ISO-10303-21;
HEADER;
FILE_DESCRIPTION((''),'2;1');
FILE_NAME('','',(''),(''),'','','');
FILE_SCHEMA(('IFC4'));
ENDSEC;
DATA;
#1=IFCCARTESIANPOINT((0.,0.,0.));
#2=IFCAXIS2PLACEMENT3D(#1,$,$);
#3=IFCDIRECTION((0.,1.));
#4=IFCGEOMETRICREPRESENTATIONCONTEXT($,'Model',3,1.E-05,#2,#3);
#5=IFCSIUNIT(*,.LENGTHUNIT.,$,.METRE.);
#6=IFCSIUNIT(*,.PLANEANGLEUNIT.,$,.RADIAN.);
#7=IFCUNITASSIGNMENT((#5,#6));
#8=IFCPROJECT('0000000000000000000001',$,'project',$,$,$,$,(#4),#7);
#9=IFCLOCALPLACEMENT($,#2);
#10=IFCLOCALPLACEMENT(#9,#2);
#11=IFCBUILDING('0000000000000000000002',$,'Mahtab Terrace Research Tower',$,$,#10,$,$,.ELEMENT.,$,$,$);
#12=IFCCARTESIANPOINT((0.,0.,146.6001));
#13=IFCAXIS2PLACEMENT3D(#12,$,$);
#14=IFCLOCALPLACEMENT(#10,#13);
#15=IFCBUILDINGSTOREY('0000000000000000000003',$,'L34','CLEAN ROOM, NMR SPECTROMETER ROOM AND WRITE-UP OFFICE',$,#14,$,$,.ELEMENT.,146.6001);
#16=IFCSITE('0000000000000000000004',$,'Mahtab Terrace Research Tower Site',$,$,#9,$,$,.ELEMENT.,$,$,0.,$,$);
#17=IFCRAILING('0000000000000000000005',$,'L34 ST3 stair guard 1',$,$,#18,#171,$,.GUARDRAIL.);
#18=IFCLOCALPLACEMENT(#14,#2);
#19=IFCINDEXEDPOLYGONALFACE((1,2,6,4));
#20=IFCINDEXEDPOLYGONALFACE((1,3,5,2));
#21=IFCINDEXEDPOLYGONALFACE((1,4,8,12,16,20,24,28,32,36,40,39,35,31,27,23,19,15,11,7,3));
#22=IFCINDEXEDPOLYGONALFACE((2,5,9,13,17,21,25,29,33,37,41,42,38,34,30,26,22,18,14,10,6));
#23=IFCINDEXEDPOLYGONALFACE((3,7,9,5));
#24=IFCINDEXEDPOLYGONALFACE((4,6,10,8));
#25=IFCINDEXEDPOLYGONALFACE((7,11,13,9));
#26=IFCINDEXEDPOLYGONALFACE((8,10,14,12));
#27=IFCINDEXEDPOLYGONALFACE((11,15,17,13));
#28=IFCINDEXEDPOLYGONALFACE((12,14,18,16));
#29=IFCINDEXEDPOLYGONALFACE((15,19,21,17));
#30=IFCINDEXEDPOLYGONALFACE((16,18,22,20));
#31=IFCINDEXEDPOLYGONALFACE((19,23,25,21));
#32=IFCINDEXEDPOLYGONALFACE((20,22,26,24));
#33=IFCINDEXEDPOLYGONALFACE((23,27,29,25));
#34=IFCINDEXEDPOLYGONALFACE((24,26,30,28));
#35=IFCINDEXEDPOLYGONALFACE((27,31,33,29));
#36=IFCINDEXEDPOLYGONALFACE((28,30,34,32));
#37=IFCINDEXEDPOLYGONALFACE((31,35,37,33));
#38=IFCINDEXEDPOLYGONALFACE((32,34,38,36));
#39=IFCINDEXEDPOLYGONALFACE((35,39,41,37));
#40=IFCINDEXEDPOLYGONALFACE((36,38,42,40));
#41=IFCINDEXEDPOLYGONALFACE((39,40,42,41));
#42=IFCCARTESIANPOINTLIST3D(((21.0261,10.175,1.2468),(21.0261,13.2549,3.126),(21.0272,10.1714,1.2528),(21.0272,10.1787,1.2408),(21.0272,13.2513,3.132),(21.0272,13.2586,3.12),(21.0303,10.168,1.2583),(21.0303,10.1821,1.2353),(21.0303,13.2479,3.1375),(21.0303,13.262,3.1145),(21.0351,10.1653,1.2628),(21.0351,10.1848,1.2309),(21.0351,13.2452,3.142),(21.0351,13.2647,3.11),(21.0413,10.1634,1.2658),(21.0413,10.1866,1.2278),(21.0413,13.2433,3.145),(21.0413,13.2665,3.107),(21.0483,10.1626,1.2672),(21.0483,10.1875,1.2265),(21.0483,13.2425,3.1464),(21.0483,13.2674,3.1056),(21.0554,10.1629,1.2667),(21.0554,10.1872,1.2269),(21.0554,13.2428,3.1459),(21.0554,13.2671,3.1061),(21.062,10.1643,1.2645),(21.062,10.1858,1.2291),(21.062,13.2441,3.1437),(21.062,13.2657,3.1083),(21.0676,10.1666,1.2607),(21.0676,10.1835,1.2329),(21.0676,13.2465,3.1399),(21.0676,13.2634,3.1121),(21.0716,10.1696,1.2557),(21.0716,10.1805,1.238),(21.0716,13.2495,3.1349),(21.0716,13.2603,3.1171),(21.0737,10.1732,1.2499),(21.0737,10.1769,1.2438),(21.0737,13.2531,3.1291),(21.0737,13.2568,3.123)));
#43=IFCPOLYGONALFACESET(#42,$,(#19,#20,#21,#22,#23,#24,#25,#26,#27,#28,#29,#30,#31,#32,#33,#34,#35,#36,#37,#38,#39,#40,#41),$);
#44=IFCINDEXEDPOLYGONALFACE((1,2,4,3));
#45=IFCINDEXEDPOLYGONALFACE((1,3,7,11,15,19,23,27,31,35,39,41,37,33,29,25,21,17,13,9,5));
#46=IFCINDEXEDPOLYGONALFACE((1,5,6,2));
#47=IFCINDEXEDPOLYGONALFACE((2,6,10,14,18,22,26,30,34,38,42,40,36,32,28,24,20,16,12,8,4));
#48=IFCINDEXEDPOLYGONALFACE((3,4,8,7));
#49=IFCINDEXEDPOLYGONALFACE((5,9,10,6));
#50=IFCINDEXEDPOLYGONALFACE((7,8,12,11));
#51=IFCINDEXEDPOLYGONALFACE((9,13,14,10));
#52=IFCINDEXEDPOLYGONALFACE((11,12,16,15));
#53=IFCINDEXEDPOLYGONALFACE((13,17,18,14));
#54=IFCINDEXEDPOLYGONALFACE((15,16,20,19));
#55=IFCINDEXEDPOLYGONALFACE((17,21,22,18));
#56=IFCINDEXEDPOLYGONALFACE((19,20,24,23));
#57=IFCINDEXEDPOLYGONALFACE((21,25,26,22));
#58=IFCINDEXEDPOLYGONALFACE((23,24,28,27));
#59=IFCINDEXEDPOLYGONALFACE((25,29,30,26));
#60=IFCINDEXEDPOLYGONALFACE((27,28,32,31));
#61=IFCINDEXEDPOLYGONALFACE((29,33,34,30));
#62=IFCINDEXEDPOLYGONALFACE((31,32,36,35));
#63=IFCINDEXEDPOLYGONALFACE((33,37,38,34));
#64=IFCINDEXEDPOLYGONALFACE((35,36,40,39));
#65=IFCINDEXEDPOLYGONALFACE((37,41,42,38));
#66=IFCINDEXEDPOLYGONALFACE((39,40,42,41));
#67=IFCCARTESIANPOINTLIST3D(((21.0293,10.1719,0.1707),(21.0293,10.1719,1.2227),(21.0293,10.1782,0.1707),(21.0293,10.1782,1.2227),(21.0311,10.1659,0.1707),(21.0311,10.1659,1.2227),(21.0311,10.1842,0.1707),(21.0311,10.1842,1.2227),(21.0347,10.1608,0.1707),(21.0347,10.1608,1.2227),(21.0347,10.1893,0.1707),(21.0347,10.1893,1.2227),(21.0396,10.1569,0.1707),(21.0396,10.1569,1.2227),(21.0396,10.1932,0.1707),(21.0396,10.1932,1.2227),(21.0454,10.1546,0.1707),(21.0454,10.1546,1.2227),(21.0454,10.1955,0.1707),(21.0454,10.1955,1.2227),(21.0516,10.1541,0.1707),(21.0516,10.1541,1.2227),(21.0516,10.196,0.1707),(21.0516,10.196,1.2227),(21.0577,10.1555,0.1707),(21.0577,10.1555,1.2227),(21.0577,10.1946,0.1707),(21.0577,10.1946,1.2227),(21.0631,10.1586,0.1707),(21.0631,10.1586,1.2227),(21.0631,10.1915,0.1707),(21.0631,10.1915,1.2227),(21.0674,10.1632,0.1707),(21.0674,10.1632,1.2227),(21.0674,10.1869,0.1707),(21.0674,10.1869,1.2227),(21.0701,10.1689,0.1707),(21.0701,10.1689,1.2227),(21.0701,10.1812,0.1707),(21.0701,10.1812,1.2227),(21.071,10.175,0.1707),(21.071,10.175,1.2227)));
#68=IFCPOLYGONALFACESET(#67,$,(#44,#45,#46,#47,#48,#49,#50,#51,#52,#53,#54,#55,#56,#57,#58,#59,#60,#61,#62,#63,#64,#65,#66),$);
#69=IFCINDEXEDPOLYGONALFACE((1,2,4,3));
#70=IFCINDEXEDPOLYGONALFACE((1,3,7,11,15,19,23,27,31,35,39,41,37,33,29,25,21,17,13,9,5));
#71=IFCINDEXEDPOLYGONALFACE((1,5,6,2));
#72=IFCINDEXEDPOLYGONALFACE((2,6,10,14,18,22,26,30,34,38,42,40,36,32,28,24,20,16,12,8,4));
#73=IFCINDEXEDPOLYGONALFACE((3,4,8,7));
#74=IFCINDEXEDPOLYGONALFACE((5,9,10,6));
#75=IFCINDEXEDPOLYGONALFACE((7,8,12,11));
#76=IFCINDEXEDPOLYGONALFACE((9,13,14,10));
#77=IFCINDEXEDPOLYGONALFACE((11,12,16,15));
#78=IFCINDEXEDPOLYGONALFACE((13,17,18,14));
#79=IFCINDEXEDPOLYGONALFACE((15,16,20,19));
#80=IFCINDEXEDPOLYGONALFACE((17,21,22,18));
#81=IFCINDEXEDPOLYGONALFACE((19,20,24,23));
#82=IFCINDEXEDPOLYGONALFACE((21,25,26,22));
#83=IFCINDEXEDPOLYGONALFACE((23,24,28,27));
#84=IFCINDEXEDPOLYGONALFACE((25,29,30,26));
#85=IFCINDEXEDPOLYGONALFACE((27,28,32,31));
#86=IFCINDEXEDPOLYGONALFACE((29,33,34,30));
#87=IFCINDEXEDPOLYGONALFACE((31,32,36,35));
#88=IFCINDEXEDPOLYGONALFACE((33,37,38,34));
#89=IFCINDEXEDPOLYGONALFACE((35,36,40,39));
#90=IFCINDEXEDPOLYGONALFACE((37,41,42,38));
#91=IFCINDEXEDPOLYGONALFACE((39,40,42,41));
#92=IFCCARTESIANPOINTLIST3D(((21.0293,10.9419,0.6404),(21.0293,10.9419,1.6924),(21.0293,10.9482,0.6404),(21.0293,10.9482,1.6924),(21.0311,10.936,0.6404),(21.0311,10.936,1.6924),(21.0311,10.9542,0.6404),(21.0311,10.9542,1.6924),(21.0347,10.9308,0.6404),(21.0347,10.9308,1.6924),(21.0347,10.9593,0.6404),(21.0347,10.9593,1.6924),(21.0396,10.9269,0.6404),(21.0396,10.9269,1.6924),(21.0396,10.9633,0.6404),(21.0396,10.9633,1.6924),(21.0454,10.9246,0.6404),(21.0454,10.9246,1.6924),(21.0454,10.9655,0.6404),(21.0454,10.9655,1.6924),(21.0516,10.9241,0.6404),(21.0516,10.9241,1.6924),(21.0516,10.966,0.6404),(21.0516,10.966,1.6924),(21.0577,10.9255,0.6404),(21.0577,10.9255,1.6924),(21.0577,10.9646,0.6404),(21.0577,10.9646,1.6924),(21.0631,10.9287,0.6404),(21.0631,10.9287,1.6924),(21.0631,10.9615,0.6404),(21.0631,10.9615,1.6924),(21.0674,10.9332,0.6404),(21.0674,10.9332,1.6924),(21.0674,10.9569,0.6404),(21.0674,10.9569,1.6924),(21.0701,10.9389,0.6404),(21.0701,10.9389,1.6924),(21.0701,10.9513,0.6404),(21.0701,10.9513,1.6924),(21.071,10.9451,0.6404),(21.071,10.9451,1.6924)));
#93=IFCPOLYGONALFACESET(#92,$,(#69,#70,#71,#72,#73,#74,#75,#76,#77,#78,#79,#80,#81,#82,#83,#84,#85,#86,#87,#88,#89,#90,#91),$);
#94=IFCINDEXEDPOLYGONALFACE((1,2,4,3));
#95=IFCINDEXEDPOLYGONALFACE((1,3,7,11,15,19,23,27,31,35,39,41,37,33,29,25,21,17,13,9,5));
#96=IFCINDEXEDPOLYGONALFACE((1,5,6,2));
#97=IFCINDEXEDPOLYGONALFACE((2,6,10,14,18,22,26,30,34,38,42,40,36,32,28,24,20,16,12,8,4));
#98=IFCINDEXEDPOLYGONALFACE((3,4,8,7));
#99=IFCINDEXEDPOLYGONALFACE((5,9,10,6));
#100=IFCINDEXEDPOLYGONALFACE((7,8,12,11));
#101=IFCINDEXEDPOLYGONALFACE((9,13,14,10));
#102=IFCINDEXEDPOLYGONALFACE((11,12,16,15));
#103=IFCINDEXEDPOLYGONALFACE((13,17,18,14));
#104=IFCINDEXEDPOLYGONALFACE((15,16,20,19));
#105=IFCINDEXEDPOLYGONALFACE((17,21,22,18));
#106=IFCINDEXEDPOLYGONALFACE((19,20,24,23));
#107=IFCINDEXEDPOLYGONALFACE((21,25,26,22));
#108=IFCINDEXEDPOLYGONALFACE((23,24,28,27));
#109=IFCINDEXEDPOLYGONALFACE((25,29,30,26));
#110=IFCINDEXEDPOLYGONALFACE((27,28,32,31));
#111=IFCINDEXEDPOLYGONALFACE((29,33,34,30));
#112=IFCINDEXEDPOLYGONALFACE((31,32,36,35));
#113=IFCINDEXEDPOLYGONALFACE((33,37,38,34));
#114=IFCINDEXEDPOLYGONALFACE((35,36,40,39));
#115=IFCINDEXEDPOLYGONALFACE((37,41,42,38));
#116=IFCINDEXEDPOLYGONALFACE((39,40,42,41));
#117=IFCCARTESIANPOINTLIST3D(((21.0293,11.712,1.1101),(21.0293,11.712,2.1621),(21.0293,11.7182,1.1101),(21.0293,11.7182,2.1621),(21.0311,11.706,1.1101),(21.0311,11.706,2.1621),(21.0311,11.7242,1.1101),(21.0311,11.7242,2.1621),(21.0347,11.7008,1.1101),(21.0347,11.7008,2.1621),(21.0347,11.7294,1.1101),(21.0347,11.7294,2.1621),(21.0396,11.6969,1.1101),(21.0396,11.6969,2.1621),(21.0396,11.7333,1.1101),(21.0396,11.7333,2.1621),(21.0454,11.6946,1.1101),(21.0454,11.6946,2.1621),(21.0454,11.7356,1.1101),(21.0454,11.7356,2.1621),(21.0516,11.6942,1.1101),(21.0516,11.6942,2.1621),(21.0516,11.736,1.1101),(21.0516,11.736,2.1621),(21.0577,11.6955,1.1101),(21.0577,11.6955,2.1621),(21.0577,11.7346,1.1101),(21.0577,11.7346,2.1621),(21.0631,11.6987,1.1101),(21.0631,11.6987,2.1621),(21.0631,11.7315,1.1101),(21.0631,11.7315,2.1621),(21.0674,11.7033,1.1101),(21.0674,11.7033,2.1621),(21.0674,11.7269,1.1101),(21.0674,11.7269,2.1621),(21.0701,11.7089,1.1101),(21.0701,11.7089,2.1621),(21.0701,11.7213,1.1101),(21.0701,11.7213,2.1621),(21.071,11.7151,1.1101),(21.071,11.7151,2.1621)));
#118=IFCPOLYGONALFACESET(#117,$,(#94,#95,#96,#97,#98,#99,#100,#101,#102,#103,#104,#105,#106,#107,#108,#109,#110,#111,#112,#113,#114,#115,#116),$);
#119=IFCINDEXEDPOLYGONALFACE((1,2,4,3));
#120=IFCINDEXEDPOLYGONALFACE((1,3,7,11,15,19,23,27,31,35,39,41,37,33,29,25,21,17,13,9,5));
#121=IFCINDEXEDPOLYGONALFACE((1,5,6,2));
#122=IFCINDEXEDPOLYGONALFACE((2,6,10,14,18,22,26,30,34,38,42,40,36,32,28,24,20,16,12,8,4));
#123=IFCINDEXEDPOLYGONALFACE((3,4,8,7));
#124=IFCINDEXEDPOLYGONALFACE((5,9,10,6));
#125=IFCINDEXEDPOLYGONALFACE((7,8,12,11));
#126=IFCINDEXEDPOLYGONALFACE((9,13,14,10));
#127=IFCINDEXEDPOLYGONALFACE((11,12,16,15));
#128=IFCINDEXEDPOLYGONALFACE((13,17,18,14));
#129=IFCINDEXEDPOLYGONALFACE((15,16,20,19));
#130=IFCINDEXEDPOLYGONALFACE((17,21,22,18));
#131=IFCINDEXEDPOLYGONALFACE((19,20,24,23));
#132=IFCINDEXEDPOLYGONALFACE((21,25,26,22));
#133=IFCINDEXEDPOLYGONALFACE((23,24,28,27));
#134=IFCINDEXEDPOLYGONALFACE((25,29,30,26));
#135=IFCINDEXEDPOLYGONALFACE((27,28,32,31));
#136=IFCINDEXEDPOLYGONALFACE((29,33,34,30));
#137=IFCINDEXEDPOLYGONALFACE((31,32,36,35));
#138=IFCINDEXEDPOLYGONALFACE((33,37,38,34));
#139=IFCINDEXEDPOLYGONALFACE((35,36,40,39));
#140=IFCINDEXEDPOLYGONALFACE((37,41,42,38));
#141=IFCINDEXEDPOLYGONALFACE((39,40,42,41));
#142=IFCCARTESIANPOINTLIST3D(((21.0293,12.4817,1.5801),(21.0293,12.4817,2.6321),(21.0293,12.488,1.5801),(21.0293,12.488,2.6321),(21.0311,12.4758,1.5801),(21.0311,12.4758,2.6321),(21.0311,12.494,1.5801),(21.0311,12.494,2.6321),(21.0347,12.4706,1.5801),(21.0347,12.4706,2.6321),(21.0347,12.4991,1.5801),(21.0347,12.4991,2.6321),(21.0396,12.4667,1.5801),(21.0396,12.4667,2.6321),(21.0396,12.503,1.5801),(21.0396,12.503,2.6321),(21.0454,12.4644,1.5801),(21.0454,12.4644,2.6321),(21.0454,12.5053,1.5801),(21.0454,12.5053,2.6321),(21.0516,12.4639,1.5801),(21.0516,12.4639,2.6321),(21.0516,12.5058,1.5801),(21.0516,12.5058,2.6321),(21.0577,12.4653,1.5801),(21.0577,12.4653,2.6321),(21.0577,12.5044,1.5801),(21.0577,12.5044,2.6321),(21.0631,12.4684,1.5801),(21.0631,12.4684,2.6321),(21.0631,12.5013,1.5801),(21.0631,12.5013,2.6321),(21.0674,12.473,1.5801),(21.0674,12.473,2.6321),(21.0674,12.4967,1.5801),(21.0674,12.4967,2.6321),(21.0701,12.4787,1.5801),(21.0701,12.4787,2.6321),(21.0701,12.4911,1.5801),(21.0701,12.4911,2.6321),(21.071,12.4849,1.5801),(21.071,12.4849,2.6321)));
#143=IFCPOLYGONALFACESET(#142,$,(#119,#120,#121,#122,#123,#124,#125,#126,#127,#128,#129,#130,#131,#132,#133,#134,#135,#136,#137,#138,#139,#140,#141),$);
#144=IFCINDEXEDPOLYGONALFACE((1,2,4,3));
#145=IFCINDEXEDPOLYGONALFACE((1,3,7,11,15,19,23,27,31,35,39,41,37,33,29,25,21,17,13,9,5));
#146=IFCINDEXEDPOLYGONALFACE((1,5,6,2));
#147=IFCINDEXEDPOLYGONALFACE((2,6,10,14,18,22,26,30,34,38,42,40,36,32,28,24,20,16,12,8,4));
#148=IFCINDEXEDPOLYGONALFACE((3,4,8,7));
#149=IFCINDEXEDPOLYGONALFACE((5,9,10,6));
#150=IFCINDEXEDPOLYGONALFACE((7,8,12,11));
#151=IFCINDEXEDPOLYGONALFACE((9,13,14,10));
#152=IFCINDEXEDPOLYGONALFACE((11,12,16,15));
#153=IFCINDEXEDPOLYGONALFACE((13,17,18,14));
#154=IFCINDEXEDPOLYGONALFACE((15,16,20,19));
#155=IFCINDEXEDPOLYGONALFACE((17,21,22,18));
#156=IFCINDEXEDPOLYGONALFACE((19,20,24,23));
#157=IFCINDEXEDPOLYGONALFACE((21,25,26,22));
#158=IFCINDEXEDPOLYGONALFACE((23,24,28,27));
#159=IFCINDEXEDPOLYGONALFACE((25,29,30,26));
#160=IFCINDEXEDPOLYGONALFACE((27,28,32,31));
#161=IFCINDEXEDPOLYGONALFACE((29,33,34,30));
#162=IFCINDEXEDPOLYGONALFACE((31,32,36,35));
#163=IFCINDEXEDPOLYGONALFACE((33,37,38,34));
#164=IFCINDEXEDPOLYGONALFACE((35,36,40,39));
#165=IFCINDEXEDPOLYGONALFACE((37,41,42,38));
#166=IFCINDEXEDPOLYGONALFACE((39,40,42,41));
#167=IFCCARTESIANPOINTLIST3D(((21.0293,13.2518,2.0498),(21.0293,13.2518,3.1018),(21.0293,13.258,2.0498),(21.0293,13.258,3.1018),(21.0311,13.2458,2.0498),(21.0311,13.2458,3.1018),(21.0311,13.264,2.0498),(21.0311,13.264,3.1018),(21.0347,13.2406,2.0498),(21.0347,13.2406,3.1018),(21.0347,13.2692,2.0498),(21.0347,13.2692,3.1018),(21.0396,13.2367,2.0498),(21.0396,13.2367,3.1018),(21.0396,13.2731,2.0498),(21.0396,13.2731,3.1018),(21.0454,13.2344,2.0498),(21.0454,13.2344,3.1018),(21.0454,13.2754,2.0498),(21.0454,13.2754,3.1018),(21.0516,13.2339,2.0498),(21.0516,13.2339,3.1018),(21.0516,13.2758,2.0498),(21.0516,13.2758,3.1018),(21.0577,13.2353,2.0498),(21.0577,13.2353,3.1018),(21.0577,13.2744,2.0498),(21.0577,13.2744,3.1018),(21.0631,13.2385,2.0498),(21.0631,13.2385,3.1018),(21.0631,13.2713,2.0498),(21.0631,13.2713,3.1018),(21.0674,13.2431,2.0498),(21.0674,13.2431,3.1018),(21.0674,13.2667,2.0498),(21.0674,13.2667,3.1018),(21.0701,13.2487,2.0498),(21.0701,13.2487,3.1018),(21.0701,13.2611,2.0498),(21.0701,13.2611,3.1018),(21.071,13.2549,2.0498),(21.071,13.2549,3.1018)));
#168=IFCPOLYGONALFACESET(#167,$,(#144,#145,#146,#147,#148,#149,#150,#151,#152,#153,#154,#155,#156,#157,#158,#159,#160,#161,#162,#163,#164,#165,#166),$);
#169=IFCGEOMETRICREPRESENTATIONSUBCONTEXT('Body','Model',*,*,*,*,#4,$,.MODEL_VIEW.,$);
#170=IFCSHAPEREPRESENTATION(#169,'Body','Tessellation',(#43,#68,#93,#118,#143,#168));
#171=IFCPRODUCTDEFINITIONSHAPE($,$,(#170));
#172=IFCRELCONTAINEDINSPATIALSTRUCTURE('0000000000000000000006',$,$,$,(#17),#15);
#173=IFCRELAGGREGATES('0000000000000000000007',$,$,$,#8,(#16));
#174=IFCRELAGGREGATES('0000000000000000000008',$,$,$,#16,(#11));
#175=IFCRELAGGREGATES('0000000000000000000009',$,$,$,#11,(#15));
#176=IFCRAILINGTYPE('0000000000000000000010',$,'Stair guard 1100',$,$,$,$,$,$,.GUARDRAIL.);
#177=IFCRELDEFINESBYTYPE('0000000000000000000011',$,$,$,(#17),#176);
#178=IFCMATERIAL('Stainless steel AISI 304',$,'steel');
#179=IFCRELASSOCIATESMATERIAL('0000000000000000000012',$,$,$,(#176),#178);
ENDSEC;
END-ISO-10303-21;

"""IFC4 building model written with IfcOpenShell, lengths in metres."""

from ifc_helpers import new_model, si_unit, direction, frame, origin, origin_2d, place, context, subcontext, project, spatial, circle, extrude, material, type_object, element, save


model = new_model("IFC4")

# Units and contexts
model_context = context("Model", 3, precision=1e-05, world=origin(), true_north=direction((0.0, 1.0)))
body_context = subcontext(model_context, "Body", "Model", "MODEL_VIEW")
ifc_project = project(units=[si_unit("LENGTHUNIT", "METRE"), si_unit("PLANEANGLEUNIT", "RADIAN")], contexts=[model_context])

# Site, building, storey
site_placement = place(None, origin())
site = spatial("IfcSite", under=ifc_project, at=site_placement, Name="Mahtab Terrace Research Tower Site", CompositionType="ELEMENT", RefElevation=0.0)
building_placement = place(site_placement, origin())
building = spatial("IfcBuilding", under=site, at=building_placement, Name="Mahtab Terrace Research Tower", CompositionType="ELEMENT")
storey_placement = place(building_placement, frame((0.0, 0.0, 146.6001)))
storey = spatial("IfcBuildingStorey", under=building, at=storey_placement, Name="L34", Description="CLEAN ROOM, NMR SPECTROMETER ROOM AND WRITE-UP OFFICE", CompositionType="ELEMENT", Elevation=146.6001)

# Railing
ifc_material_1 = material(Name="Stainless steel AISI 304", Category="steel")
railing_type_1 = type_object("IfcRailingType", Name="Stair guard 1100", PredefinedType="GUARDRAIL", material=ifc_material_1)
railing_1_placement = place(storey_placement, frame((21.05, 10.175, 0.1707)))
element("IfcRailing", 1, at=railing_1_placement, inside=storey, type_object=railing_type_1, Name="L34 ST3 stair guard 1", PredefinedType="GUARDRAIL", context=body_context, shape_type="SweptSolid", body=[
    extrude(circle(Radius=0.0239, at=origin_2d()), frame((0.0, 0.0, 1.0762), z_axis=(0.0, 0.853648, 0.52085), x_axis=(-1.0, 0.0, 0.0)), (0.0, 0.0, 1.0), 3.6079),
    extrude(circle(Radius=0.021, at=origin_2d()), origin(), (0.0, 0.0, 1.0), 1.052),
    extrude(circle(Radius=0.021, at=origin_2d()), frame((0.0, 0.77, 0.4697)), (0.0, 0.0, 1.0), 1.052),
    extrude(circle(Radius=0.021, at=origin_2d()), frame((0.0, 1.54, 0.9395)), (0.0, 0.0, 1.0), 1.052),
    extrude(circle(Radius=0.021, at=origin_2d()), frame((0.0, 2.3098, 1.4094)), (0.0, 0.0, 1.0), 1.052),
    extrude(circle(Radius=0.021, at=origin_2d()), frame((0.0, 3.0798, 1.8792)), (0.0, 0.0, 1.0), 1.052),
])

save(model, "model.ifc")
